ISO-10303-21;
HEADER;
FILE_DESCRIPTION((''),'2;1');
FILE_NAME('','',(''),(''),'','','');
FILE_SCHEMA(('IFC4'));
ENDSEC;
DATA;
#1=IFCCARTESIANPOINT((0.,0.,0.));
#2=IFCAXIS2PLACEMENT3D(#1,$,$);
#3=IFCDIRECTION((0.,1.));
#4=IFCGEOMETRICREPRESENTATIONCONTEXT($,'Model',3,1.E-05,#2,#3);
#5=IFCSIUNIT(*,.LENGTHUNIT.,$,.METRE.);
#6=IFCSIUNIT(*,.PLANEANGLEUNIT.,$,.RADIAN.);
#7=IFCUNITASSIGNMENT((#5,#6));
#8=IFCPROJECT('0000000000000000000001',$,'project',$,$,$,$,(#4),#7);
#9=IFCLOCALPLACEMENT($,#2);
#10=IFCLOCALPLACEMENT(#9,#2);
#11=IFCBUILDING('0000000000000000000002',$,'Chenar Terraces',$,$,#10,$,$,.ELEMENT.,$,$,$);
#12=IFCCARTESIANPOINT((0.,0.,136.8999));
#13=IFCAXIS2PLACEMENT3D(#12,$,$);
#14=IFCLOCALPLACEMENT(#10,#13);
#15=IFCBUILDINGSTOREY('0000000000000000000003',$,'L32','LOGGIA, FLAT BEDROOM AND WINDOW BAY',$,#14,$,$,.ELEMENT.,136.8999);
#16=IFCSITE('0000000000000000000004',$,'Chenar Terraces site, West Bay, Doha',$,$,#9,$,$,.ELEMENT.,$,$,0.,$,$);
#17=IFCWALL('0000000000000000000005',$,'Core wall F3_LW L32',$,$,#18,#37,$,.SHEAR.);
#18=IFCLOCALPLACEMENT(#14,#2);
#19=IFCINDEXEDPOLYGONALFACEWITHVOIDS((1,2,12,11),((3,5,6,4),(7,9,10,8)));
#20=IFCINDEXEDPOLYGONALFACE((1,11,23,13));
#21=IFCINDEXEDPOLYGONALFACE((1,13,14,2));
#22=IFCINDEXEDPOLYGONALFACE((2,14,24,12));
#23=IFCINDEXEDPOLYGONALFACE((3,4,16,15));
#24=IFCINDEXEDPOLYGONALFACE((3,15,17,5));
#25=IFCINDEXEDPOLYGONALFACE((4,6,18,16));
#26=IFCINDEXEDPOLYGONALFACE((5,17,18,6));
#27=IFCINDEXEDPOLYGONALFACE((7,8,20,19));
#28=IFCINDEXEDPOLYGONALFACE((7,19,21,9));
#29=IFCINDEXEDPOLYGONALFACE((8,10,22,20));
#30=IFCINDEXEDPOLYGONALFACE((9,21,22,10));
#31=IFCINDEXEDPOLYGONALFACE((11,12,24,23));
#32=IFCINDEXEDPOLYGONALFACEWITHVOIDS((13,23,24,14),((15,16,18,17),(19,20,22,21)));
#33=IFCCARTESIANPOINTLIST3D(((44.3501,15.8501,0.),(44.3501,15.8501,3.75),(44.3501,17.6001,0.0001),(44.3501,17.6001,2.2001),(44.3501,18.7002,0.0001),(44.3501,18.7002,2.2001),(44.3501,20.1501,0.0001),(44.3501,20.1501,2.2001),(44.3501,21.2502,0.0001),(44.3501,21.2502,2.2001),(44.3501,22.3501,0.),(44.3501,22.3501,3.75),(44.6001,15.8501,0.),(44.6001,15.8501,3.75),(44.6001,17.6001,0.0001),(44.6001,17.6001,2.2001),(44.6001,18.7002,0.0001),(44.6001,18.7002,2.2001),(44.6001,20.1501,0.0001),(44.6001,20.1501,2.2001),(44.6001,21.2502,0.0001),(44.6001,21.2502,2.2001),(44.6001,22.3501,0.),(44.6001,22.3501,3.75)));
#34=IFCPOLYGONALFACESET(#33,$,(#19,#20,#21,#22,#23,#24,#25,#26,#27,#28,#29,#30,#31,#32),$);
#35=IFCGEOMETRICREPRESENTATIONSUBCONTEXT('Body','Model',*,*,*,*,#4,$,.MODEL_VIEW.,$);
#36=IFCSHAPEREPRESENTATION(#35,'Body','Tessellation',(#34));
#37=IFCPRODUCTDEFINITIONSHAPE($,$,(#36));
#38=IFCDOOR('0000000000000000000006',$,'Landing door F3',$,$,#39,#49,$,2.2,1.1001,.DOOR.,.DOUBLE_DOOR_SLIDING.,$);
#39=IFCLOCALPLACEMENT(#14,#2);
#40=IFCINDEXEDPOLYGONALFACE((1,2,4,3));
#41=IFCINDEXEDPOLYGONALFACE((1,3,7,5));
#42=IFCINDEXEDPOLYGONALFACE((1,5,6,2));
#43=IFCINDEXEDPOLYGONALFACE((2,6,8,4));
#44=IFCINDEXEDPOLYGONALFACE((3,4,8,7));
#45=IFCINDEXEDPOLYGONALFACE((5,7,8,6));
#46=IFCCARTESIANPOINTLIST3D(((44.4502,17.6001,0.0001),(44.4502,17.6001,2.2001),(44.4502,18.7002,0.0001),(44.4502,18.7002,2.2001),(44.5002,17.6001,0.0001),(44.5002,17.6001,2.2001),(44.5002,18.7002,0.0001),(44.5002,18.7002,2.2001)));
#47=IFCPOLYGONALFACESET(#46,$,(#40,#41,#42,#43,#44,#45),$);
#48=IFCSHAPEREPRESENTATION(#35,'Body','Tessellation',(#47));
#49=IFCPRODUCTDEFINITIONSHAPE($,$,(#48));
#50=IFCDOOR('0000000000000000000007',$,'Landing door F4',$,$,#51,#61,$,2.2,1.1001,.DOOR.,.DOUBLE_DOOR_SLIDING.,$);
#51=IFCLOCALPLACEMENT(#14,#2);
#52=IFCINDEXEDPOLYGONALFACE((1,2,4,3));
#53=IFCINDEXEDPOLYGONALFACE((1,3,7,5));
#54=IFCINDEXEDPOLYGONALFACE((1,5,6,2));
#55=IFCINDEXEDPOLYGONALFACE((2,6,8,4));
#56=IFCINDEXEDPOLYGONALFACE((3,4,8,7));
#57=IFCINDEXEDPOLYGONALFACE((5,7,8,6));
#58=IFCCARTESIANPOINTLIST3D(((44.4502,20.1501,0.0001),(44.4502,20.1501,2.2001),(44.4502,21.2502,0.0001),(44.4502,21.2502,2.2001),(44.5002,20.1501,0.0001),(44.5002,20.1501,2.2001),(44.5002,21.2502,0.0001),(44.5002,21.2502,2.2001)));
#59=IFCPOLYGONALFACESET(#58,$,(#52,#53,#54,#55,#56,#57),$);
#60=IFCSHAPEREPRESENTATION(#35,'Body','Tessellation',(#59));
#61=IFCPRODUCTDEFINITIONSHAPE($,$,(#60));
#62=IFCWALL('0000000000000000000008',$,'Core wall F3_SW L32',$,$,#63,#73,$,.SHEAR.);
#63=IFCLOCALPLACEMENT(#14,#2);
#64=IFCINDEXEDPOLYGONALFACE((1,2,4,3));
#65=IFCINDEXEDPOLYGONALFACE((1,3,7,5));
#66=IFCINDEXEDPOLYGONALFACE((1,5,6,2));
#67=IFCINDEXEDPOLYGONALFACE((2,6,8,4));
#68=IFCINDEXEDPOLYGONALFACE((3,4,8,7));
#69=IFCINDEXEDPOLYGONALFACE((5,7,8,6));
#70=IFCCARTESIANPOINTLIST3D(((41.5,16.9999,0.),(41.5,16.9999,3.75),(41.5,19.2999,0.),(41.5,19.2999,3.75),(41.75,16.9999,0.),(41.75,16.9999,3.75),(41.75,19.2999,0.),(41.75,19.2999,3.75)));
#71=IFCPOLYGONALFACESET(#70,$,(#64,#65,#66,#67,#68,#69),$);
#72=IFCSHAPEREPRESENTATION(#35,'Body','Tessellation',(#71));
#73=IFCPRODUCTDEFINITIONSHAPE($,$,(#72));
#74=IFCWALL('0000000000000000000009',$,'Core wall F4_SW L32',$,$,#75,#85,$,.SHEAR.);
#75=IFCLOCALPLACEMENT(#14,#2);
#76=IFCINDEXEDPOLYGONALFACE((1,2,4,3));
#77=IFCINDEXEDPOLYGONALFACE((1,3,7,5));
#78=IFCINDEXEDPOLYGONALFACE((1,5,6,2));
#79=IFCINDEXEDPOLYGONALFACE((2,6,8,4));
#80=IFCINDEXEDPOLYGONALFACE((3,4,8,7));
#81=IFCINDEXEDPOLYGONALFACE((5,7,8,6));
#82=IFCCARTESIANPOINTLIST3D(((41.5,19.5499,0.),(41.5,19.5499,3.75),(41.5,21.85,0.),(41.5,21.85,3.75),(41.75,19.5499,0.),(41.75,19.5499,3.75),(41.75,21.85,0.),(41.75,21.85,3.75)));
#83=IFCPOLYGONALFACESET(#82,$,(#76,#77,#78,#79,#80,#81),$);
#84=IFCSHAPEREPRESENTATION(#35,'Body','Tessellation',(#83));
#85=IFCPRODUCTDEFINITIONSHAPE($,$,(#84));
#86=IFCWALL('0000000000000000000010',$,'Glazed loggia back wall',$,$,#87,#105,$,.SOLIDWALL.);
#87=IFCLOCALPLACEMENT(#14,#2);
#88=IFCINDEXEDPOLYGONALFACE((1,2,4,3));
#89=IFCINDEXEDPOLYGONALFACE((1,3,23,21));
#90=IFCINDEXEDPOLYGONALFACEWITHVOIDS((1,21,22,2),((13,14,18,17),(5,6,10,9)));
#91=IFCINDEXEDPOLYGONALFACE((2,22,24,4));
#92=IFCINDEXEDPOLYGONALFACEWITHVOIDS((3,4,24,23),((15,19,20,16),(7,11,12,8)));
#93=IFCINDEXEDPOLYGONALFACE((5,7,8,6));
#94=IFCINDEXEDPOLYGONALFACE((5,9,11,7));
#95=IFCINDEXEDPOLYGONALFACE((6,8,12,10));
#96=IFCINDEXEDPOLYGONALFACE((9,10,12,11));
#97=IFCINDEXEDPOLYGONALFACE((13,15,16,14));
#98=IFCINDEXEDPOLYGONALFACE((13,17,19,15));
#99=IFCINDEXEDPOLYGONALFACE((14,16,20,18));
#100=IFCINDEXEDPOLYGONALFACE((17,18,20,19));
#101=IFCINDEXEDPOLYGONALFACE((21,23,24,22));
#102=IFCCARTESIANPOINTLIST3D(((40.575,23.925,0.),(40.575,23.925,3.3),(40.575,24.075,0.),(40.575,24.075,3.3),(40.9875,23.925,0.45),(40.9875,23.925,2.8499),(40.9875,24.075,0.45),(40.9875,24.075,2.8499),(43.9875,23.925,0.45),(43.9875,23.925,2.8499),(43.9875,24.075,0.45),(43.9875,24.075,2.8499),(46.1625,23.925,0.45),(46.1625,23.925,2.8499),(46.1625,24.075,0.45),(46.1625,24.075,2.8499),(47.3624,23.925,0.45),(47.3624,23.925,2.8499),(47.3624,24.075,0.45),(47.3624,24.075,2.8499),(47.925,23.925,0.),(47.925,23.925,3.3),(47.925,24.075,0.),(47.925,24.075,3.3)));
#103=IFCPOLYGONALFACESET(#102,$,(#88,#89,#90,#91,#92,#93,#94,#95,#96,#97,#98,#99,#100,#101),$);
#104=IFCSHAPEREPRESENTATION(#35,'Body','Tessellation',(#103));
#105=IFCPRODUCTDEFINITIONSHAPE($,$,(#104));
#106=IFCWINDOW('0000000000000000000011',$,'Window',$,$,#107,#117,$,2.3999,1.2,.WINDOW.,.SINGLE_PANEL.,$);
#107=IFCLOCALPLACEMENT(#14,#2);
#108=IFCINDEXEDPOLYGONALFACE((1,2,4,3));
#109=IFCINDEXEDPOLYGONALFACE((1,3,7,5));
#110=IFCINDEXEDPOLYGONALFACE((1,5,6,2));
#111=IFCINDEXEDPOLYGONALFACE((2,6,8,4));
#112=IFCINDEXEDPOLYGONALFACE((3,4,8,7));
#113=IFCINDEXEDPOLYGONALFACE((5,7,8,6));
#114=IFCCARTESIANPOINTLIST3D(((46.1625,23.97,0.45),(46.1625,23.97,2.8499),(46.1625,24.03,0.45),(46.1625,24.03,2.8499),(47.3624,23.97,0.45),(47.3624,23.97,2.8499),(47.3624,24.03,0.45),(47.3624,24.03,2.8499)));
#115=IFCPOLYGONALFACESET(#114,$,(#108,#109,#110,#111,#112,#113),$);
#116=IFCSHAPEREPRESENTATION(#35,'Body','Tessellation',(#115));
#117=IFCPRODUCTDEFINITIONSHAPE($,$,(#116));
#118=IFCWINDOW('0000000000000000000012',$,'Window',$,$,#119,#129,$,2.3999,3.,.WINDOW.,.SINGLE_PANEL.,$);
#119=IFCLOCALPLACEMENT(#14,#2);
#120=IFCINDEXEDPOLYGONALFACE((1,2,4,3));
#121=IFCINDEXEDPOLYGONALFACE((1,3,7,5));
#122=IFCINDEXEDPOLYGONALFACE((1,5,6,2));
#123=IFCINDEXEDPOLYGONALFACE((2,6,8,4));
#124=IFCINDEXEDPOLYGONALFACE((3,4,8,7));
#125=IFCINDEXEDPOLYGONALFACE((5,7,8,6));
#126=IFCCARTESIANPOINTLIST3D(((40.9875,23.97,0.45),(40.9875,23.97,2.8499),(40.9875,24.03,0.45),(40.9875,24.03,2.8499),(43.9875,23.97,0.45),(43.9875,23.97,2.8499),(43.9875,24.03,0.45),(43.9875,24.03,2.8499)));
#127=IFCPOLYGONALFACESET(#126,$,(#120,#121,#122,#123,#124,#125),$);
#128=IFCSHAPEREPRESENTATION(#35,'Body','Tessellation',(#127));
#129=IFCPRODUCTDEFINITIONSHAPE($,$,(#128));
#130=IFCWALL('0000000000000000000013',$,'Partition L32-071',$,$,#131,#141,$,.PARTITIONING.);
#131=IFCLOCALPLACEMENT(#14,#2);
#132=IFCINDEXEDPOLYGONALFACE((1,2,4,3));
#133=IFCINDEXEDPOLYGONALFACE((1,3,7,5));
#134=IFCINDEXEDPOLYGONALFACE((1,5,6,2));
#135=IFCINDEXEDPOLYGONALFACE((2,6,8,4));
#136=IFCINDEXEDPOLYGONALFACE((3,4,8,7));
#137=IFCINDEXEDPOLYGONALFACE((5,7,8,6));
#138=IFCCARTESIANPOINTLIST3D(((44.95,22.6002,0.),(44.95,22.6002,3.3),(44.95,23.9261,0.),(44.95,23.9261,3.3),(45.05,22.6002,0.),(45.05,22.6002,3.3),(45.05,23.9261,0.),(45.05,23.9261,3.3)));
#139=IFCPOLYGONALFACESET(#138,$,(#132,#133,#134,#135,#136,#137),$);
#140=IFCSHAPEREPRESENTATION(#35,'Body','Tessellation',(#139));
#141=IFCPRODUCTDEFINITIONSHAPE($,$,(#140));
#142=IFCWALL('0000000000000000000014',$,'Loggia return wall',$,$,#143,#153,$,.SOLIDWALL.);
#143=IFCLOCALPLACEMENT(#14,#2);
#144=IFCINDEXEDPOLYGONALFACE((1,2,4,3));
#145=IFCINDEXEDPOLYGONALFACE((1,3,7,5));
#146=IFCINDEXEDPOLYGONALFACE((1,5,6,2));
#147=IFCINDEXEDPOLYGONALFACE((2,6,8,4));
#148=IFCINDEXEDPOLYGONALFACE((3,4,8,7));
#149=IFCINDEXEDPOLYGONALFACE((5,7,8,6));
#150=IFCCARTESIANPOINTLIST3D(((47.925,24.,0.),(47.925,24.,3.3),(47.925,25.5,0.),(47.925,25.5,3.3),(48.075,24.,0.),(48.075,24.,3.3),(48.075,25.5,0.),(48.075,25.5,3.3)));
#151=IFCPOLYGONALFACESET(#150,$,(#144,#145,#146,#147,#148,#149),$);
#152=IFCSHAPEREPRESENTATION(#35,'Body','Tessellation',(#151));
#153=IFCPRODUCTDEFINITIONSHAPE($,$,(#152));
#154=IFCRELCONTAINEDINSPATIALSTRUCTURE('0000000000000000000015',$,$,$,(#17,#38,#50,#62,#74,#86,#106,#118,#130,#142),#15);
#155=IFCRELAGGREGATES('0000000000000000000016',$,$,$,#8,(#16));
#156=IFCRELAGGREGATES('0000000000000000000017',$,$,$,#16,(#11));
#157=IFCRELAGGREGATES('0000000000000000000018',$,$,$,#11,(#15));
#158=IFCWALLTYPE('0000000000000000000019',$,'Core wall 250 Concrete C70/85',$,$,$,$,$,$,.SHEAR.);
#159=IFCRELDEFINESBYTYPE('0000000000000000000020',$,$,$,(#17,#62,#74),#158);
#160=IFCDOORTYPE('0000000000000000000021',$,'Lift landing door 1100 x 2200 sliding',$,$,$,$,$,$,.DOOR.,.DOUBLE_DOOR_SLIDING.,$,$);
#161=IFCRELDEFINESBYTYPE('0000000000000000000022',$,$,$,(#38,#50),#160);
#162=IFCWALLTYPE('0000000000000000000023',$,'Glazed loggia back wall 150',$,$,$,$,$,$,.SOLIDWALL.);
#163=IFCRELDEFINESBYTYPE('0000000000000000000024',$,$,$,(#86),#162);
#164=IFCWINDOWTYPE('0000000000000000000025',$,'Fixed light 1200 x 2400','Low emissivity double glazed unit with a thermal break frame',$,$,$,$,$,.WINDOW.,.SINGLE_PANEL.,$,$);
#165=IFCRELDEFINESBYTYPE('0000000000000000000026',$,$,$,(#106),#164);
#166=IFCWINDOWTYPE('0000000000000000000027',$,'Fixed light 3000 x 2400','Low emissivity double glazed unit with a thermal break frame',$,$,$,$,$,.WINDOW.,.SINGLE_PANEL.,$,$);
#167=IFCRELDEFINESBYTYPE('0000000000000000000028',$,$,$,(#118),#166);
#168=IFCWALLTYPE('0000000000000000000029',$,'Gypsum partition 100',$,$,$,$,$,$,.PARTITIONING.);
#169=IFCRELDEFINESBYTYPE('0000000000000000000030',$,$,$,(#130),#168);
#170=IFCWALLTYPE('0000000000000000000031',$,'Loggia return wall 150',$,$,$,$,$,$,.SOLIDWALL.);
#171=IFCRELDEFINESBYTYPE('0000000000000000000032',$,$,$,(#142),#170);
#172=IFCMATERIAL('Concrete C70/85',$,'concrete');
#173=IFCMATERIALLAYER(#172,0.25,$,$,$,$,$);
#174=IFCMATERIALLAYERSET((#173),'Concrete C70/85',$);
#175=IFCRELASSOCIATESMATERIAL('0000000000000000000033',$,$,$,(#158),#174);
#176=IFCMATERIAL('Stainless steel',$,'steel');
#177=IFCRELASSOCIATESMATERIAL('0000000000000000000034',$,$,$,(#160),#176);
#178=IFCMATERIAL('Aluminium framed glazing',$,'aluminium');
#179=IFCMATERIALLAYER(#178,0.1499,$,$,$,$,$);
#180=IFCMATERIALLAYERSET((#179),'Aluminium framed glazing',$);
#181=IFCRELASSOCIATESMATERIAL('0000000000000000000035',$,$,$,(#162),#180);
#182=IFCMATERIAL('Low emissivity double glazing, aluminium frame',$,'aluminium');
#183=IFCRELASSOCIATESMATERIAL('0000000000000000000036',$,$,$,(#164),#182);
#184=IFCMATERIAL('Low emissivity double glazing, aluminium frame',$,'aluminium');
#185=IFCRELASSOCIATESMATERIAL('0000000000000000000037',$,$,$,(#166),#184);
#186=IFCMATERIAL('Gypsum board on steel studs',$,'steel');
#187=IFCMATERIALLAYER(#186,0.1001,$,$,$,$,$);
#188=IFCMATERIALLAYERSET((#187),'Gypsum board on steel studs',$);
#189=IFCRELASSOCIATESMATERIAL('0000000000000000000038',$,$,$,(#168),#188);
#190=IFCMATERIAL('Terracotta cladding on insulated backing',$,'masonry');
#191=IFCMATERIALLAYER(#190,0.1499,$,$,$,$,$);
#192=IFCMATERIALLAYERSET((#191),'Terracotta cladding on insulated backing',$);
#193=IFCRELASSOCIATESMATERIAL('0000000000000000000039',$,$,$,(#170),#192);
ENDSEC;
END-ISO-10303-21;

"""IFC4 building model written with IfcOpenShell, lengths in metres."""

from ifc_helpers import new_model, si_unit, direction, frame, frame_2d, origin, place, context, subcontext, project, spatial, rectangle, extrude, material, layer, layer_set, type_object, element, fill, save


model = new_model("IFC4")

# Units and contexts
model_context = context("Model", 3, precision=1e-05, world=origin(), true_north=direction((0.0, 1.0)))
body_context = subcontext(model_context, "Body", "Model", "MODEL_VIEW")
ifc_project = project(units=[si_unit("LENGTHUNIT", "METRE"), si_unit("PLANEANGLEUNIT", "RADIAN")], contexts=[model_context])

# Site, building, storey
site_placement = place(None, origin())
site = spatial("IfcSite", under=ifc_project, at=site_placement, Name="Chenar Terraces site, West Bay, Doha", CompositionType="ELEMENT", RefElevation=0.0)
building_placement = place(site_placement, origin())
building = spatial("IfcBuilding", under=site, at=building_placement, Name="Chenar Terraces", CompositionType="ELEMENT")
storey_placement = place(building_placement, frame((0.0, 0.0, 136.8999)))
storey = spatial("IfcBuildingStorey", under=building, at=storey_placement, Name="L32", Description="LOGGIA, FLAT BEDROOM AND WINDOW BAY", CompositionType="ELEMENT", Elevation=136.8999)

# Shared definitions
ifc_material_1 = material(Name="Concrete C70/85", Category="concrete")
ifc_layer_1 = layer(ifc_material_1, 0.25)
ifc_layer_set_1 = layer_set([ifc_layer_1], Name="Concrete C70/85")
wall_type_1 = type_object("IfcWallType", Name="Core wall 250 Concrete C70/85", PredefinedType="SHEAR", material=ifc_layer_set_1)

# Wall, openings, doors
wall_1_placement = place(storey_placement, frame((44.4751, 15.8501, 0.0), z_axis=(0.0, 0.0, 1.0), x_axis=(0.0, 1.0, 0.0)))
wall_1 = element("IfcWall", 1, at=wall_1_placement, inside=storey, type_object=wall_type_1, Name="Core wall F3_LW L32", PredefinedType="SHEAR", context=body_context, shape_type="SweptSolid", body=[
    extrude(rectangle(XDim=6.5, YDim=0.25, at=frame_2d((3.25, 0.0))), origin(), (0.0, 0.0, 1.0), 3.75),
])
opening_1_placement = place(wall_1_placement, frame((1.75, 0.0, 0.0)))
opening_1 = element("IfcOpeningElement", 2, at=opening_1_placement, cuts=wall_1, PredefinedType="OPENING", context=body_context, shape_type="SweptSolid", body=[
    extrude(rectangle(XDim=1.1001, YDim=2.2, at=frame_2d((0.55, 1.1001))), frame((0.0, 0.135, 0.0), z_axis=(0.0, -1.0, 0.0), x_axis=(1.0, 0.0, 0.0)), (0.0, 0.0, 1.0), 0.27),
])
opening_2_placement = place(wall_1_placement, frame((4.3, 0.0, 0.0)))
opening_2 = element("IfcOpeningElement", 3, at=opening_2_placement, cuts=wall_1, PredefinedType="OPENING", context=body_context, shape_type="SweptSolid", body=[
    extrude(rectangle(XDim=1.1001, YDim=2.2, at=frame_2d((0.55, 1.1001))), frame((0.0, 0.135, 0.0), z_axis=(0.0, -1.0, 0.0), x_axis=(1.0, 0.0, 0.0)), (0.0, 0.0, 1.0), 0.27),
])
ifc_material_2 = material(Name="Stainless steel", Category="steel")
door_type_1 = type_object("IfcDoorType", Name="Lift landing door 1100 x 2200 sliding", OperationType="DOUBLE_DOOR_SLIDING", PredefinedType="DOOR", material=ifc_material_2)
door_1_placement = place(opening_1_placement, origin())
door_1 = element("IfcDoor", 4, at=door_1_placement, inside=storey, type_object=door_type_1, Name="Landing door F3", OperationType="DOUBLE_DOOR_SLIDING", OverallHeight=2.2, OverallWidth=1.1001, PredefinedType="DOOR", context=body_context, shape_type="SweptSolid", body=[
    extrude(rectangle(XDim=1.1001, YDim=2.2, at=frame_2d((0.55, 1.1001))), frame((0.0, 0.0249, 0.0), z_axis=(0.0, -1.0, 0.0), x_axis=(1.0, 0.0, 0.0)), (0.0, 0.0, 1.0), 0.05),
])
fill(opening_1, door_1)
door_2_placement = place(opening_2_placement, origin())
door_2 = element("IfcDoor", 5, at=door_2_placement, inside=storey, type_object=door_type_1, Name="Landing door F4", OperationType="DOUBLE_DOOR_SLIDING", OverallHeight=2.2, OverallWidth=1.1001, PredefinedType="DOOR", context=body_context, shape_type="SweptSolid", body=[
    extrude(rectangle(XDim=1.1001, YDim=2.2, at=frame_2d((0.55, 1.1001))), frame((0.0, 0.0249, 0.0), z_axis=(0.0, -1.0, 0.0), x_axis=(1.0, 0.0, 0.0)), (0.0, 0.0, 1.0), 0.05),
])
fill(opening_2, door_2)

# Walls
for number, where, z_axis, x_axis, name in (
    (6, (41.625, 17.0, 0.0), (0.0, 0.0, 1.0), (0.0, 1.0, 0.0), "Core wall F3_SW L32"),
    (7, (41.625, 19.55, 0.0), (0.0, 0.0, 1.0), (0.0, 1.0, 0.0), "Core wall F4_SW L32"),
):
    element("IfcWall", number, at=place(storey_placement, frame(where, z_axis=z_axis, x_axis=x_axis)), inside=storey, type_object=wall_type_1, Name=name, PredefinedType="SHEAR", context=body_context, shape_type="SweptSolid", body=[
        extrude(rectangle(XDim=2.3, YDim=0.25, at=frame_2d((1.1499, 0.0))), origin(), (0.0, 0.0, 1.0), 3.75),
    ])

# Wall, openings, windows
ifc_material_3 = material(Name="Aluminium framed glazing", Category="aluminium")
ifc_layer_2 = layer(ifc_material_3, 0.1499)
ifc_layer_set_2 = layer_set([ifc_layer_2], Name="Aluminium framed glazing")
wall_type_2 = type_object("IfcWallType", Name="Glazed loggia back wall 150", PredefinedType="SOLIDWALL", material=ifc_layer_set_2)
wall_2_placement = place(storey_placement, frame((47.925, 24.0, 0.0), z_axis=(0.0, 0.0, 1.0), x_axis=(-1.0, 0.0, 0.0)))
wall_2 = element("IfcWall", 8, at=wall_2_placement, inside=storey, type_object=wall_type_2, Name="Glazed loggia back wall", PredefinedType="SOLIDWALL", context=body_context, shape_type="SweptSolid", body=[
    extrude(rectangle(XDim=7.3501, YDim=0.1499, at=frame_2d((3.675, 0.0))), origin(), (0.0, 0.0, 1.0), 3.3),
])
opening_3_placement = place(wall_2_placement, frame((0.5625, 0.0, 0.45)))
opening_3 = element("IfcOpeningElement", 9, at=opening_3_placement, cuts=wall_2, PredefinedType="OPENING", context=body_context, shape_type="SweptSolid", body=[
    extrude(rectangle(XDim=1.2, YDim=2.3999, at=frame_2d((0.6001, 1.2))), frame((0.0, 0.085, 0.0), z_axis=(0.0, -1.0, 0.0), x_axis=(1.0, 0.0, 0.0)), (0.0, 0.0, 1.0), 0.1699),
])
opening_4_placement = place(wall_2_placement, frame((3.9375, 0.0, 0.45)))
opening_4 = element("IfcOpeningElement", 10, at=opening_4_placement, cuts=wall_2, PredefinedType="OPENING", context=body_context, shape_type="SweptSolid", body=[
    extrude(rectangle(XDim=3.0, YDim=2.3999, at=frame_2d((1.5, 1.2))), frame((0.0, 0.085, 0.0), z_axis=(0.0, -1.0, 0.0), x_axis=(1.0, 0.0, 0.0)), (0.0, 0.0, 1.0), 0.1699),
])
ifc_material_4 = material(Name="Low emissivity double glazing, aluminium frame", Category="aluminium")
window_type_1 = type_object("IfcWindowType", Name="Fixed light 1200 x 2400", Description="Low emissivity double glazed unit with a thermal break frame", PartitioningType="SINGLE_PANEL", PredefinedType="WINDOW", material=ifc_material_4)
window_1_placement = place(opening_3_placement, origin())
window_1 = element("IfcWindow", 11, at=window_1_placement, inside=storey, type_object=window_type_1, Name="Window", OverallHeight=2.3999, OverallWidth=1.2, PartitioningType="SINGLE_PANEL", PredefinedType="WINDOW", context=body_context, shape_type="SweptSolid", body=[
    extrude(rectangle(XDim=1.2, YDim=2.3999, at=frame_2d((0.6001, 1.2))), frame((0.0, 0.03, 0.0), z_axis=(0.0, -1.0, 0.0), x_axis=(1.0, 0.0, 0.0)), (0.0, 0.0, 1.0), 0.0601),
])
fill(opening_3, window_1)
ifc_material_5 = material(Name="Low emissivity double glazing, aluminium frame", Category="aluminium")
window_type_2 = type_object("IfcWindowType", Name="Fixed light 3000 x 2400", Description="Low emissivity double glazed unit with a thermal break frame", PartitioningType="SINGLE_PANEL", PredefinedType="WINDOW", material=ifc_material_5)
window_2_placement = place(opening_4_placement, origin())
window_2 = element("IfcWindow", 12, at=window_2_placement, inside=storey, type_object=window_type_2, Name="Window", OverallHeight=2.3999, OverallWidth=3.0, PartitioningType="SINGLE_PANEL", PredefinedType="WINDOW", context=body_context, shape_type="SweptSolid", body=[
    extrude(rectangle(XDim=3.0, YDim=2.3999, at=frame_2d((1.5, 1.2))), frame((0.0, 0.03, 0.0), z_axis=(0.0, -1.0, 0.0), x_axis=(1.0, 0.0, 0.0)), (0.0, 0.0, 1.0), 0.0601),
])
fill(opening_4, window_2)

# Walls
ifc_material_6 = material(Name="Gypsum board on steel studs", Category="steel")
ifc_layer_3 = layer(ifc_material_6, 0.1001)
ifc_layer_set_3 = layer_set([ifc_layer_3], Name="Gypsum board on steel studs")
wall_type_3 = type_object("IfcWallType", Name="Gypsum partition 100", PredefinedType="PARTITIONING", material=ifc_layer_set_3)
wall_3_placement = place(storey_placement, frame((45.0, 22.6001, 0.0), z_axis=(0.0, 0.0, 1.0), x_axis=(0.0, 1.0, 0.0)))
element("IfcWall", 13, at=wall_3_placement, inside=storey, type_object=wall_type_3, Name="Partition L32-071", PredefinedType="PARTITIONING", context=body_context, shape_type="SweptSolid", body=[
    extrude(rectangle(XDim=1.3259, YDim=0.1001, at=frame_2d((0.6631, 0.0))), origin(), (0.0, 0.0, 1.0), 3.3),
])
ifc_material_7 = material(Name="Terracotta cladding on insulated backing", Category="masonry")
ifc_layer_4 = layer(ifc_material_7, 0.1499)
ifc_layer_set_4 = layer_set([ifc_layer_4], Name="Terracotta cladding on insulated backing")
wall_type_4 = type_object("IfcWallType", Name="Loggia return wall 150", PredefinedType="SOLIDWALL", material=ifc_layer_set_4)
wall_4_placement = place(storey_placement, frame((48.0, 25.5, 0.0), z_axis=(0.0, 0.0, 1.0), x_axis=(0.0, -1.0, 0.0)))
element("IfcWall", 14, at=wall_4_placement, inside=storey, type_object=wall_type_4, Name="Loggia return wall", PredefinedType="SOLIDWALL", context=body_context, shape_type="SweptSolid", body=[
    extrude(rectangle(XDim=1.5, YDim=0.1499, at=frame_2d((0.75, 0.0))), origin(), (0.0, 0.0, 1.0), 3.3),
])

save(model, "model.ifc")
